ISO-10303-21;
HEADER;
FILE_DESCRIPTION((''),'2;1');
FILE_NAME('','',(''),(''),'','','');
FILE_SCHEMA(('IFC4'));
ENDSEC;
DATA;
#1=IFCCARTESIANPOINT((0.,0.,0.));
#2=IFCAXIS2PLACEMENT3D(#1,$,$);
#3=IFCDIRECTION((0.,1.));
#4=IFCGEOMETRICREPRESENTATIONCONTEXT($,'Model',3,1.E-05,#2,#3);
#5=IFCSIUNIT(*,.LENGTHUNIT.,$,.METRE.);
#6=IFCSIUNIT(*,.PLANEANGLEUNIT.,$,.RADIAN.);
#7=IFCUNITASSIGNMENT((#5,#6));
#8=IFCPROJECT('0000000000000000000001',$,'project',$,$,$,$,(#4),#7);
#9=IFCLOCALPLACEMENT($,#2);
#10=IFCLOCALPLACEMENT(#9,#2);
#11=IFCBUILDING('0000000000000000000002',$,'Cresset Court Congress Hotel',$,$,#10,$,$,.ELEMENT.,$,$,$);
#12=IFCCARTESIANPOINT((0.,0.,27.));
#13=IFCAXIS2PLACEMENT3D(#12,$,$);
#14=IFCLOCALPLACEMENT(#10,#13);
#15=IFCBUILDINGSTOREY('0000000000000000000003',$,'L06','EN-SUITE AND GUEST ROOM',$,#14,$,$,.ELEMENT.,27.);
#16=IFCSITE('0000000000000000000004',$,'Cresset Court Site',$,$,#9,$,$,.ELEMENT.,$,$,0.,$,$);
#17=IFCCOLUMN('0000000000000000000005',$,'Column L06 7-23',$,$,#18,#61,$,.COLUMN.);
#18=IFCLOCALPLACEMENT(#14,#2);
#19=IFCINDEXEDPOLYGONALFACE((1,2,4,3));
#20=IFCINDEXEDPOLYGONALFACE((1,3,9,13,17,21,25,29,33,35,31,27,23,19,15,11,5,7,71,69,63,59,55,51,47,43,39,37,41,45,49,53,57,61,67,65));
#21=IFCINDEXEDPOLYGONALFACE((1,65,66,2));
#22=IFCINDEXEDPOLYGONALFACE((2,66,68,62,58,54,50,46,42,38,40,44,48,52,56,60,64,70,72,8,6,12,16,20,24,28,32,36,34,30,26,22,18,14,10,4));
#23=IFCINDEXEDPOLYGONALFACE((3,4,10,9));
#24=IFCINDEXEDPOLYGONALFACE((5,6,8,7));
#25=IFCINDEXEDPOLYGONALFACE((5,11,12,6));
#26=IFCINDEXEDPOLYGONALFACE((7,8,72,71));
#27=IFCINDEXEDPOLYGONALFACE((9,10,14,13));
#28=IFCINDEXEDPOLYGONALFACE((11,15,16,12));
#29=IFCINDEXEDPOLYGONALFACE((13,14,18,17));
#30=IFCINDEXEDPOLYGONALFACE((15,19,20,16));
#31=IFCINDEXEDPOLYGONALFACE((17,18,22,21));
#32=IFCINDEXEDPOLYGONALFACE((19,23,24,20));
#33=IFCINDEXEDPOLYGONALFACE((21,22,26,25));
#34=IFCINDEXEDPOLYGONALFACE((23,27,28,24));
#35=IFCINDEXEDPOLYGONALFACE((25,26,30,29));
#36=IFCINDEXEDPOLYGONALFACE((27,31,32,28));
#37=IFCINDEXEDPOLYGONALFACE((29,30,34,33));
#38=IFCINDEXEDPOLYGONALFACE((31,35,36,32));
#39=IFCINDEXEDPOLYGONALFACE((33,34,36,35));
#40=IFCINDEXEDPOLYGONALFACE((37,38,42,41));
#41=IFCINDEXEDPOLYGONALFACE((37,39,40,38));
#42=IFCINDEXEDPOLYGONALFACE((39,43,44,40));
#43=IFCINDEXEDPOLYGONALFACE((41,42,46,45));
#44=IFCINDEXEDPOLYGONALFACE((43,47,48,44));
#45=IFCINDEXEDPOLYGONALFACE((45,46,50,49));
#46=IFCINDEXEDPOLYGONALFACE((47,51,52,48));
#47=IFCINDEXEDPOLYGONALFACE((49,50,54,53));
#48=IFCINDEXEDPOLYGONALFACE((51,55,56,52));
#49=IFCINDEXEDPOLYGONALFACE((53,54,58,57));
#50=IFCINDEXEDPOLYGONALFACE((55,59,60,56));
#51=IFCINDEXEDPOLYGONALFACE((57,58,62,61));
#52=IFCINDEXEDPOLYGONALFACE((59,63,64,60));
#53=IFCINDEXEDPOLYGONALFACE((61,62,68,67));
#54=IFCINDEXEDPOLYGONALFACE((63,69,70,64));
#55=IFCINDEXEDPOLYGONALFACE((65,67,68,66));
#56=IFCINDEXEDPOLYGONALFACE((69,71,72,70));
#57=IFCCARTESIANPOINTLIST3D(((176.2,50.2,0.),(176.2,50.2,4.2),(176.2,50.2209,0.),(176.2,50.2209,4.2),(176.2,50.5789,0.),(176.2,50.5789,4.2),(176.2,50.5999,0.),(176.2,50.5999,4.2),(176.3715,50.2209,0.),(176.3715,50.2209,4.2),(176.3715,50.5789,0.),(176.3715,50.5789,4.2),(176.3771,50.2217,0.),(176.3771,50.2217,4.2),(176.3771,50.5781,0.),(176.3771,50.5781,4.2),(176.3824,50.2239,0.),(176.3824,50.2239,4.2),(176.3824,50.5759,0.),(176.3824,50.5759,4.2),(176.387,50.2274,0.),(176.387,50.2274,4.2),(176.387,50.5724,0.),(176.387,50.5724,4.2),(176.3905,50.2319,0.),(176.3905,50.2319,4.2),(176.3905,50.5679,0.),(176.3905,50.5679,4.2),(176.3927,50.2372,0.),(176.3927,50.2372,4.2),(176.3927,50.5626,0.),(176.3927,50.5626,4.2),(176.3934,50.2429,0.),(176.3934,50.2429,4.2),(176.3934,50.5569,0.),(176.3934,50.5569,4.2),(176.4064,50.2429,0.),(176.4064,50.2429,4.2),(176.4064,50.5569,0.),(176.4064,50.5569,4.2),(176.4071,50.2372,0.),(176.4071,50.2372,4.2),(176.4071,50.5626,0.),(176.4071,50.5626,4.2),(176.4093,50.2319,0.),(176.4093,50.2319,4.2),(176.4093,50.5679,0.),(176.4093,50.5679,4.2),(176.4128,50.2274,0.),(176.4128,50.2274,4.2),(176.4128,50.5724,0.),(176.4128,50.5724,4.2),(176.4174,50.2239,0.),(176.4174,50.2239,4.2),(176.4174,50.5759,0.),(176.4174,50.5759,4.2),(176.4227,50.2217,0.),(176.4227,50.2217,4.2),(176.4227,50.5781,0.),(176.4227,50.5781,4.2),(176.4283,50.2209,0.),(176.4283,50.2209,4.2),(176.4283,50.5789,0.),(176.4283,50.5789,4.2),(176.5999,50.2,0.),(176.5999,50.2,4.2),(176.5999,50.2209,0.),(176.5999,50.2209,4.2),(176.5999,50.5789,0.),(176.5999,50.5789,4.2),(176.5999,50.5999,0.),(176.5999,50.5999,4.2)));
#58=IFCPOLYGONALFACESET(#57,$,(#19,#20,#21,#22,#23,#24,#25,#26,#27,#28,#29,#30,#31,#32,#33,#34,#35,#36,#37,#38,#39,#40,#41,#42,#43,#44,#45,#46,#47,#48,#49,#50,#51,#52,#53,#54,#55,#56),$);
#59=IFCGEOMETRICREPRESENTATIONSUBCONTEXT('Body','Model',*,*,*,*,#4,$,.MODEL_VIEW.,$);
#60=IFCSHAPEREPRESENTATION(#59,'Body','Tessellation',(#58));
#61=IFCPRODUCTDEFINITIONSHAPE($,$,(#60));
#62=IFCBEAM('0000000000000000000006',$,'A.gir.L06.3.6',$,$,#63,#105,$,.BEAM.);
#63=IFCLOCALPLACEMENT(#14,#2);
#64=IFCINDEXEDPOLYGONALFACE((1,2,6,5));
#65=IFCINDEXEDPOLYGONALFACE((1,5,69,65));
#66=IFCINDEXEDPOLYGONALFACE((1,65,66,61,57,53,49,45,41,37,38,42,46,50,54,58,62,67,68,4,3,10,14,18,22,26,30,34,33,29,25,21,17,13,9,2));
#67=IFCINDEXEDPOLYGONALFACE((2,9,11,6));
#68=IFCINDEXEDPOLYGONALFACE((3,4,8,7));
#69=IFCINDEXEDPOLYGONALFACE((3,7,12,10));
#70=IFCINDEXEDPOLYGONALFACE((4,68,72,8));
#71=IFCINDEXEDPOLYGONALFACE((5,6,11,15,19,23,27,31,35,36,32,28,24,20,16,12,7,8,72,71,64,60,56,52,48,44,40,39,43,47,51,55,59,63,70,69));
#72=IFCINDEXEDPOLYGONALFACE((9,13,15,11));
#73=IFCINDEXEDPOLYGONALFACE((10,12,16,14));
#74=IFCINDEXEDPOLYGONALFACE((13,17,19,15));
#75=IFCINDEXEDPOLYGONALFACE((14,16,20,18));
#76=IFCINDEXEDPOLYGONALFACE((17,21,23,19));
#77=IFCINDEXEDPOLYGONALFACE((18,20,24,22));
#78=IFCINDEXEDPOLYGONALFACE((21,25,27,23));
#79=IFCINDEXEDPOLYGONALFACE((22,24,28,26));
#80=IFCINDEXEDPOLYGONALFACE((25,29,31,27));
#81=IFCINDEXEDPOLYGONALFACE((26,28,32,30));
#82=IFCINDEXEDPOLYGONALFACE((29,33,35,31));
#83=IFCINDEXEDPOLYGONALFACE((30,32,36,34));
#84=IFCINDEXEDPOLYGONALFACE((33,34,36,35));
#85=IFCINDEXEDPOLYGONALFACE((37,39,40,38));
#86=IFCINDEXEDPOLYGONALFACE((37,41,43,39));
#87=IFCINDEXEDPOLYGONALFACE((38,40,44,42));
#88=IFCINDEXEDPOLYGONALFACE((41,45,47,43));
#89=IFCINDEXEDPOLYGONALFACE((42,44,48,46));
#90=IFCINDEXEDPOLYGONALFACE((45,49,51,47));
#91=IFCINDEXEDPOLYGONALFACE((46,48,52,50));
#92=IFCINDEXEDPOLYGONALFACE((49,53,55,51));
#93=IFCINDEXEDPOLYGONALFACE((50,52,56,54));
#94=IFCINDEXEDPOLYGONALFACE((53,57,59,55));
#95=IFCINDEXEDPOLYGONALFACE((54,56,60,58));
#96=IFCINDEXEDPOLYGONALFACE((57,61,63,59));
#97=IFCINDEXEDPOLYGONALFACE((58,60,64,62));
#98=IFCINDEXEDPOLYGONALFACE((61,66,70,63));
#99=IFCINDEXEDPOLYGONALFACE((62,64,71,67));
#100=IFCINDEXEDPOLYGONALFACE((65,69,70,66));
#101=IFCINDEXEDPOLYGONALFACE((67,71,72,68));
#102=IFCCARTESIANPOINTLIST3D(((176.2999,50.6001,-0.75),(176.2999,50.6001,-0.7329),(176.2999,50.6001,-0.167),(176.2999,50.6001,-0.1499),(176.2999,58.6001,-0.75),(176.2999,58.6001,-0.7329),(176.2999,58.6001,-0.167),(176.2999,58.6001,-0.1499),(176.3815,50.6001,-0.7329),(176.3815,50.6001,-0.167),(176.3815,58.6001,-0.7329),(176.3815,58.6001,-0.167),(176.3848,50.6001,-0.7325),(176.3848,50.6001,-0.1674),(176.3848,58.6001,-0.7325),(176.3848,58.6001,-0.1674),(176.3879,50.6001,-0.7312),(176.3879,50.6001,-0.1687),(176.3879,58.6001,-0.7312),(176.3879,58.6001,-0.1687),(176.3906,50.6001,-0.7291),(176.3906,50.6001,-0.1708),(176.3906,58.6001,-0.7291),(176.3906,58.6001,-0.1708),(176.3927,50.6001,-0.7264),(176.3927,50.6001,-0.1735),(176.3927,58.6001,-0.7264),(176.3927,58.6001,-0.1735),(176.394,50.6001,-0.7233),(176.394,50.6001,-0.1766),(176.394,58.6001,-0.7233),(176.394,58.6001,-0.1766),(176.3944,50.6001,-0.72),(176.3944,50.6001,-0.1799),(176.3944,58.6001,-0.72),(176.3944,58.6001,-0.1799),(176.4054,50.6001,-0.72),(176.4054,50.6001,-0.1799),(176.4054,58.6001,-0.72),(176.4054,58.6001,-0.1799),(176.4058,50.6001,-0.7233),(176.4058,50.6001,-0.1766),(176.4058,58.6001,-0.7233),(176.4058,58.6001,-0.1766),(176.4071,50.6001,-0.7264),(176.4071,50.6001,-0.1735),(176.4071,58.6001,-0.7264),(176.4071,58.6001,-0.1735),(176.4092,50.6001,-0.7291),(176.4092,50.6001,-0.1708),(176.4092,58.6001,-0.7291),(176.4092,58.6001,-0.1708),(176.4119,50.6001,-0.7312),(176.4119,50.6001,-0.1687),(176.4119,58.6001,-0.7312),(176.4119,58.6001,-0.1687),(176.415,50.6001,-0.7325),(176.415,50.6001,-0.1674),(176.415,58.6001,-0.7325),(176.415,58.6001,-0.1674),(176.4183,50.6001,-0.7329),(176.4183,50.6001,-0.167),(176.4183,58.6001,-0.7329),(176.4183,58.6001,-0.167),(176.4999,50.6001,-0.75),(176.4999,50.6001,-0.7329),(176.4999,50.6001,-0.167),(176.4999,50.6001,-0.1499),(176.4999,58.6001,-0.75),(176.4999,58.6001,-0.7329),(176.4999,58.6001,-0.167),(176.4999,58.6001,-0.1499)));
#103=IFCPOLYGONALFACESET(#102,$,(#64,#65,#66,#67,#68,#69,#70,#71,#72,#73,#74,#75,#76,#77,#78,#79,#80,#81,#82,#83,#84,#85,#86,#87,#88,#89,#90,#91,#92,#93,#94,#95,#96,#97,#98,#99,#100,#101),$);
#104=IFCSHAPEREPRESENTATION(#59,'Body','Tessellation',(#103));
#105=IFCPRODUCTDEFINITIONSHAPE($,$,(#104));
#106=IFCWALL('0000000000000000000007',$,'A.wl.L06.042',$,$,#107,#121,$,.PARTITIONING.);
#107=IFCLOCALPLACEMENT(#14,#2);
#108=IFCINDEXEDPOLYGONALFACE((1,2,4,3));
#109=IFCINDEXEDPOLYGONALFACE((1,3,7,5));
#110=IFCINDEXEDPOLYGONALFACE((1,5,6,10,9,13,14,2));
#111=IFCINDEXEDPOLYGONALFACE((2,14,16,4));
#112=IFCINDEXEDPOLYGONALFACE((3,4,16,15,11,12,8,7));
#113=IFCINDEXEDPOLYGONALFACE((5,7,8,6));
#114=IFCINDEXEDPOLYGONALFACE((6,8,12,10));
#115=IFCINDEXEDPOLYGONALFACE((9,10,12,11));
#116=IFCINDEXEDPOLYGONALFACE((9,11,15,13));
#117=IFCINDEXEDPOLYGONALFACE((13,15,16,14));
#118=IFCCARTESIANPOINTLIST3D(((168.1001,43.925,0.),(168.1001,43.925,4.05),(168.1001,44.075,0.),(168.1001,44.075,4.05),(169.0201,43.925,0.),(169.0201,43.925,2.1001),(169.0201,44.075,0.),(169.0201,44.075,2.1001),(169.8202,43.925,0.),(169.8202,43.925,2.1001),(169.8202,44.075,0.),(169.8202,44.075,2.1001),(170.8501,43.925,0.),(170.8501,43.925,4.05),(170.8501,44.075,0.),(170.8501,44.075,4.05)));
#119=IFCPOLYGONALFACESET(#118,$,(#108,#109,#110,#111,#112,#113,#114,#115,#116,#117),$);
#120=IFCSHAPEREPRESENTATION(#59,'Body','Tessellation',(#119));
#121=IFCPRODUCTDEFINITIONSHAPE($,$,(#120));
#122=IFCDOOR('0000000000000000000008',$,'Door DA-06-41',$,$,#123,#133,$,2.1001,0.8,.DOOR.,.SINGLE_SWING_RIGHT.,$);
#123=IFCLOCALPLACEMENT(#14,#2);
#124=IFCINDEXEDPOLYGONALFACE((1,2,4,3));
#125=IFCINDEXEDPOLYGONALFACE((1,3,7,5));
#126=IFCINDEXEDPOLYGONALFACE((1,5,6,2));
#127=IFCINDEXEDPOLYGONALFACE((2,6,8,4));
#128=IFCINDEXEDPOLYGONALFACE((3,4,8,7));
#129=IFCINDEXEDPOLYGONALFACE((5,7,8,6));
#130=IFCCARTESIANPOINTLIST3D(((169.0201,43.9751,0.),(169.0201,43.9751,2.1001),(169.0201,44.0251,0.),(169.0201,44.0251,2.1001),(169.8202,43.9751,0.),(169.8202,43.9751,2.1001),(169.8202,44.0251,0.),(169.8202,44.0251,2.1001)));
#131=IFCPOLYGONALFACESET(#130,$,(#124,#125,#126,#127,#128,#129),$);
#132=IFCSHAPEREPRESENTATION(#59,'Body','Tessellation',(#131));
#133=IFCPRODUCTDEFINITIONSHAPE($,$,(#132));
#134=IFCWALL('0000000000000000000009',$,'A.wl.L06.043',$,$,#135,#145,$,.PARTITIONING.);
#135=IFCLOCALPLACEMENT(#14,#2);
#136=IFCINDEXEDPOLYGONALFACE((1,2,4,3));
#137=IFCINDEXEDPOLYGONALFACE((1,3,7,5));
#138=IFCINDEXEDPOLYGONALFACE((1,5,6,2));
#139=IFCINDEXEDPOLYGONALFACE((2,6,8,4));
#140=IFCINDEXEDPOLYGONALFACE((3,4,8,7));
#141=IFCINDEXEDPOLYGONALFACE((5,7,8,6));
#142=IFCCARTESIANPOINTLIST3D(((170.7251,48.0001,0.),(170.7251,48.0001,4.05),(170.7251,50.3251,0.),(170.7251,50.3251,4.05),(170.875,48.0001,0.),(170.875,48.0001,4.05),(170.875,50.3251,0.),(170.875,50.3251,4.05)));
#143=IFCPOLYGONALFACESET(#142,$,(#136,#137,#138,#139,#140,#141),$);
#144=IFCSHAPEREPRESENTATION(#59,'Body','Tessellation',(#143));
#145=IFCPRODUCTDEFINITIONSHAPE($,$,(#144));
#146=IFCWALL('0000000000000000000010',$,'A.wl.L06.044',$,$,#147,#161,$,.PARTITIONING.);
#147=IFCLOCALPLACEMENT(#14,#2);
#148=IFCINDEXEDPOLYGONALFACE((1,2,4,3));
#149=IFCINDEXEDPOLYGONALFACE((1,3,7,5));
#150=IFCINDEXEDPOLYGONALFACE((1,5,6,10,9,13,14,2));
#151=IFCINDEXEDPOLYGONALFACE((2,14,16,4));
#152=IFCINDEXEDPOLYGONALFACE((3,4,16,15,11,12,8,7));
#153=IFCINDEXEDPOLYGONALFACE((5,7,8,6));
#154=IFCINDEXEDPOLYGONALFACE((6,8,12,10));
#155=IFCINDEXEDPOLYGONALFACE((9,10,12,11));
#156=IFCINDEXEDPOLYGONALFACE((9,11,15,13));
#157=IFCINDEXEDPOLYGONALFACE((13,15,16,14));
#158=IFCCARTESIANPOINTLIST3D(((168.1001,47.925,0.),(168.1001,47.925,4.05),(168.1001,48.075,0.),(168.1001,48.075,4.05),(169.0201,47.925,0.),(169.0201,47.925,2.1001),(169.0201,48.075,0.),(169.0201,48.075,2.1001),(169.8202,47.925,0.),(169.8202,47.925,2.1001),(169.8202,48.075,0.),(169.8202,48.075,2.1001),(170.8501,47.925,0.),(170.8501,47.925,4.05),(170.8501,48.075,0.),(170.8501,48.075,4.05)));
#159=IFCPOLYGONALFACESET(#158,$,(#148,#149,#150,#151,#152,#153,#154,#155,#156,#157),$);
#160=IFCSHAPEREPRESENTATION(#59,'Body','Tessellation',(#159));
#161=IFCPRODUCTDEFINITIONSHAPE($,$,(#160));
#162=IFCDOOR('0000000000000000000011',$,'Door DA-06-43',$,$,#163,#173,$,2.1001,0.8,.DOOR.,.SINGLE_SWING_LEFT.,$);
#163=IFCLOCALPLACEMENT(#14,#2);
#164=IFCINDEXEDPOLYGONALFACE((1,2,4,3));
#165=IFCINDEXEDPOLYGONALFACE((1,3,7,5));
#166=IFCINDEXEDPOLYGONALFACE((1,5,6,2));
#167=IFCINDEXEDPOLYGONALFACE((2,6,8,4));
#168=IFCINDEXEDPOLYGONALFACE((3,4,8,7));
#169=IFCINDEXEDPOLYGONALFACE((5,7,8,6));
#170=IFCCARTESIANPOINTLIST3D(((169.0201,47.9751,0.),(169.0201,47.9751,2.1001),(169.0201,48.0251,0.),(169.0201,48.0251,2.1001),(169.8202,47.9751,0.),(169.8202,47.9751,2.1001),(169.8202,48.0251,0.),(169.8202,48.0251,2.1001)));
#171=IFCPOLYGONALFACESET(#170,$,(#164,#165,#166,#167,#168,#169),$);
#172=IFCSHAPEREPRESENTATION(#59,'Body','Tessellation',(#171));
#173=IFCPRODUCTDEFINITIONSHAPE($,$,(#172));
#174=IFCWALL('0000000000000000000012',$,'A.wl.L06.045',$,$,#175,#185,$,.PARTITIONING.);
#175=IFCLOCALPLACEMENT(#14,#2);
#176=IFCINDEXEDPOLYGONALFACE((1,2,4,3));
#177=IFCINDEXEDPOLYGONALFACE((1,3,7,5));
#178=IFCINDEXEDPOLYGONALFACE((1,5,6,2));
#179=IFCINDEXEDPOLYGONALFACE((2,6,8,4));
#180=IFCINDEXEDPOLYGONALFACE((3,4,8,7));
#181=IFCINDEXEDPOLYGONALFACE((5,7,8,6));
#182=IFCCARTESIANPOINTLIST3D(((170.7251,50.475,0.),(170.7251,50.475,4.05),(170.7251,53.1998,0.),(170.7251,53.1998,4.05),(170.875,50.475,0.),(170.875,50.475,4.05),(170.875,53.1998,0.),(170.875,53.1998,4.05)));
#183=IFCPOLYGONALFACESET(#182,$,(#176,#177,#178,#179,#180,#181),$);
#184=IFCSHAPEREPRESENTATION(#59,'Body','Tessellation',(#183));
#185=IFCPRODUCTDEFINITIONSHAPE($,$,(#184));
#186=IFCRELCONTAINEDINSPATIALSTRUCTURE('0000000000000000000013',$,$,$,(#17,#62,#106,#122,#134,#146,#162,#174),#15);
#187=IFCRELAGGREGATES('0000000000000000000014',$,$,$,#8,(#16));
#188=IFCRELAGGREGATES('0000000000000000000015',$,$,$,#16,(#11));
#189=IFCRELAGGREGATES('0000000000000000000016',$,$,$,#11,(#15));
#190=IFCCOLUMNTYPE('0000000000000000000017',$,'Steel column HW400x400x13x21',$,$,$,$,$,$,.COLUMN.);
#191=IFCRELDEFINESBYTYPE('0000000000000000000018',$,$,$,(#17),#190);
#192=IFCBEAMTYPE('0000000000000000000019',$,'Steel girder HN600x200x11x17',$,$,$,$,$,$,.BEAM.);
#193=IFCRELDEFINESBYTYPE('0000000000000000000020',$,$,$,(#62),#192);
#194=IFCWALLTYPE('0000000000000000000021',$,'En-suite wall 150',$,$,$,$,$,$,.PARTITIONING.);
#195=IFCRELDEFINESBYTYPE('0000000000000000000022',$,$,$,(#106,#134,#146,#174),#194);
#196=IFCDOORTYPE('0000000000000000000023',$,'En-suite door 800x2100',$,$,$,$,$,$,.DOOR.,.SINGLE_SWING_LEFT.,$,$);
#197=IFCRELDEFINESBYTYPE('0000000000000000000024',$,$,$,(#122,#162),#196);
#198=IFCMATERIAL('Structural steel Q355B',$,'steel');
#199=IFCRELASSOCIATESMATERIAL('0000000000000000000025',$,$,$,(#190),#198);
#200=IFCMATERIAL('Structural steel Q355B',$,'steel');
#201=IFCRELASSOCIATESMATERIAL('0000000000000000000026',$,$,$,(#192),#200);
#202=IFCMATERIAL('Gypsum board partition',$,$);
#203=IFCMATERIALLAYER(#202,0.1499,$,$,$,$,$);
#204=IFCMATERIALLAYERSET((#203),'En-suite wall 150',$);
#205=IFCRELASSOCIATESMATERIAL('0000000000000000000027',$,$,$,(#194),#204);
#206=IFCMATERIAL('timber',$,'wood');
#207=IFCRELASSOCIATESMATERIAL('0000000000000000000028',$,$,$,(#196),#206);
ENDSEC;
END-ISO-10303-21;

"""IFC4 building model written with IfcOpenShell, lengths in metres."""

from ifc_helpers import new_model, si_unit, direction, frame, frame_2d, origin, origin_2d, place, context, subcontext, project, spatial, rectangle, i_section, extrude, material, layer, layer_set, material_profile, profile_set, type_object, element, fill, save


model = new_model("IFC4")

# Units and contexts
model_context = context("Model", 3, precision=1e-05, world=origin(), true_north=direction((0.0, 1.0)))
body_context = subcontext(model_context, "Body", "Model", "MODEL_VIEW")
ifc_project = project(units=[si_unit("LENGTHUNIT", "METRE"), si_unit("PLANEANGLEUNIT", "RADIAN")], contexts=[model_context])

# Site, building, storey
site_placement = place(None, origin())
site = spatial("IfcSite", under=ifc_project, at=site_placement, Name="Cresset Court Site", CompositionType="ELEMENT", RefElevation=0.0)
building_placement = place(site_placement, origin())
building = spatial("IfcBuilding", under=site, at=building_placement, Name="Cresset Court Congress Hotel", CompositionType="ELEMENT")
storey_placement = place(building_placement, frame((0.0, 0.0, 27.0)))
storey = spatial("IfcBuildingStorey", under=building, at=storey_placement, Name="L06", Description="EN-SUITE AND GUEST ROOM", CompositionType="ELEMENT", Elevation=27.0)

# Column
ifc_material_1 = material(Name="Structural steel Q355B", Category="steel")
ifc_material_profile_1 = material_profile(ifc_material_1, i_section(OverallWidth=0.3999, OverallDepth=0.3999, WebThickness=0.0129, FlangeThickness=0.021, FilletRadius=0.022, at=origin_2d()), Name="HW400x400x13x21")
ifc_profile_set_1 = profile_set([ifc_material_profile_1], Name="Structural steel Q355B")
column_type = type_object("IfcColumnType", Name="Steel column HW400x400x13x21", PredefinedType="COLUMN", material=ifc_profile_set_1)
column_placement = place(storey_placement, frame((176.3999, 50.3999, 0.0), z_axis=(0.0, 0.0, 1.0), x_axis=(1.0, 0.0, 0.0)))
element("IfcColumn", 1, at=column_placement, inside=storey, type_object=column_type, Name="Column L06 7-23", PredefinedType="COLUMN", context=body_context, shape_type="SweptSolid", body=[
    extrude(i_section(OverallWidth=0.3999, OverallDepth=0.3999, WebThickness=0.0129, FlangeThickness=0.021, FilletRadius=0.022, at=origin_2d()), origin(), (0.0, 0.0, 1.0), 4.2),
])

# Beam
ifc_material_2 = material(Name="Structural steel Q355B", Category="steel")
ifc_material_profile_2 = material_profile(ifc_material_2, i_section(OverallWidth=0.2, OverallDepth=0.6001, WebThickness=0.011, FlangeThickness=0.0171, FilletRadius=0.0129, at=origin_2d()), Name="HN600x200x11x17")
ifc_profile_set_2 = profile_set([ifc_material_profile_2], Name="Structural steel Q355B")
beam_type = type_object("IfcBeamType", Name="Steel girder HN600x200x11x17", PredefinedType="BEAM", material=ifc_profile_set_2)
beam_placement = place(storey_placement, frame((176.3999, 50.6001, -0.45), z_axis=(0.0, 1.0, 0.0), x_axis=(-1.0, 0.0, 0.0)))
element("IfcBeam", 2, at=beam_placement, inside=storey, type_object=beam_type, Name="A.gir.L06.3.6", PredefinedType="BEAM", context=body_context, shape_type="SweptSolid", body=[
    extrude(i_section(OverallWidth=0.2, OverallDepth=0.6001, WebThickness=0.011, FlangeThickness=0.0171, FilletRadius=0.0129, at=origin_2d()), origin(), (0.0, 0.0, 1.0), 8.0),
])

# Wall, opening, door
ifc_material_3 = material(Name="Gypsum board partition")
ifc_layer = layer(ifc_material_3, 0.1499)
ifc_layer_set = layer_set([ifc_layer], Name="En-suite wall 150")
wall_type = type_object("IfcWallType", Name="En-suite wall 150", PredefinedType="PARTITIONING", material=ifc_layer_set)
wall_1_placement = place(storey_placement, frame((170.8501, 44.0, 0.0), z_axis=(0.0, 0.0, 1.0), x_axis=(-1.0, 0.0, 0.0)))
wall_1 = element("IfcWall", 3, at=wall_1_placement, inside=storey, type_object=wall_type, Name="A.wl.L06.042", PredefinedType="PARTITIONING", context=body_context, shape_type="SweptSolid", body=[
    extrude(rectangle(XDim=2.75, YDim=0.1499, at=frame_2d((1.375, 0.0))), origin(), (0.0, 0.0, 1.0), 4.05),
])
opening_1_placement = place(wall_1_placement, frame((1.03, 0.0, 0.0)))
opening_1 = element("IfcOpeningElement", 4, at=opening_1_placement, cuts=wall_1, PredefinedType="OPENING", context=body_context, shape_type="SweptSolid", body=[
    extrude(rectangle(XDim=0.8, YDim=2.1001, at=frame_2d((0.3999, 1.05))), frame((0.0, 0.085, 0.0), z_axis=(0.0, -1.0, 0.0), x_axis=(1.0, 0.0, 0.0)), (0.0, 0.0, 1.0), 0.1699),
])
ifc_material_4 = material(Name="timber", Category="wood")
door_type = type_object("IfcDoorType", Name="En-suite door 800x2100", OperationType="SINGLE_SWING_LEFT", PredefinedType="DOOR", material=ifc_material_4)
door_1_placement = place(opening_1_placement, origin())
door_1 = element("IfcDoor", 5, at=door_1_placement, inside=storey, type_object=door_type, Name="Door DA-06-41", OperationType="SINGLE_SWING_RIGHT", OverallHeight=2.1001, OverallWidth=0.8, PredefinedType="DOOR", context=body_context, shape_type="SweptSolid", body=[
    extrude(rectangle(XDim=0.8, YDim=2.1001, at=frame_2d((0.3999, 1.05))), frame((0.0, 0.0249, 0.0), z_axis=(0.0, -1.0, 0.0), x_axis=(1.0, 0.0, 0.0)), (0.0, 0.0, 1.0), 0.05),
])
fill(opening_1, door_1)

# Wall
wall_2_placement = place(storey_placement, frame((170.8, 48.0, 0.0), z_axis=(0.0, 0.0, 1.0), x_axis=(0.0, 1.0, 0.0)))
element("IfcWall", 6, at=wall_2_placement, inside=storey, type_object=wall_type, Name="A.wl.L06.043", PredefinedType="PARTITIONING", context=body_context, shape_type="SweptSolid", body=[
    extrude(rectangle(XDim=2.325, YDim=0.1499, at=frame_2d((1.1626, 0.0))), origin(), (0.0, 0.0, 1.0), 4.05),
])

# Wall, opening, door
wall_3_placement = place(storey_placement, frame((170.8501, 48.0, 0.0), z_axis=(0.0, 0.0, 1.0), x_axis=(-1.0, 0.0, 0.0)))
wall_3 = element("IfcWall", 7, at=wall_3_placement, inside=storey, type_object=wall_type, Name="A.wl.L06.044", PredefinedType="PARTITIONING", context=body_context, shape_type="SweptSolid", body=[
    extrude(rectangle(XDim=2.75, YDim=0.1499, at=frame_2d((1.375, 0.0))), origin(), (0.0, 0.0, 1.0), 4.05),
])
opening_2_placement = place(wall_3_placement, frame((1.03, 0.0, 0.0)))
opening_2 = element("IfcOpeningElement", 8, at=opening_2_placement, cuts=wall_3, PredefinedType="OPENING", context=body_context, shape_type="SweptSolid", body=[
    extrude(rectangle(XDim=0.8, YDim=2.1001, at=frame_2d((0.3999, 1.05))), frame((0.0, 0.085, 0.0), z_axis=(0.0, -1.0, 0.0), x_axis=(1.0, 0.0, 0.0)), (0.0, 0.0, 1.0), 0.1699),
])
door_2_placement = place(opening_2_placement, origin())
door_2 = element("IfcDoor", 9, at=door_2_placement, inside=storey, type_object=door_type, Name="Door DA-06-43", OperationType="SINGLE_SWING_LEFT", OverallHeight=2.1001, OverallWidth=0.8, PredefinedType="DOOR", context=body_context, shape_type="SweptSolid", body=[
    extrude(rectangle(XDim=0.8, YDim=2.1001, at=frame_2d((0.3999, 1.05))), frame((0.0, 0.0249, 0.0), z_axis=(0.0, -1.0, 0.0), x_axis=(1.0, 0.0, 0.0)), (0.0, 0.0, 1.0), 0.05),
])
fill(opening_2, door_2)

# Wall
wall_4_placement = place(storey_placement, frame((170.8, 50.4751, 0.0), z_axis=(0.0, 0.0, 1.0), x_axis=(0.0, 1.0, 0.0)))
element("IfcWall", 10, at=wall_4_placement, inside=storey, type_object=wall_type, Name="A.wl.L06.045", PredefinedType="PARTITIONING", context=body_context, shape_type="SweptSolid", body=[
    extrude(rectangle(XDim=2.7249, YDim=0.1499, at=frame_2d((1.3623, 0.0))), origin(), (0.0, 0.0, 1.0), 4.05),
])

save(model, "model.ifc")
